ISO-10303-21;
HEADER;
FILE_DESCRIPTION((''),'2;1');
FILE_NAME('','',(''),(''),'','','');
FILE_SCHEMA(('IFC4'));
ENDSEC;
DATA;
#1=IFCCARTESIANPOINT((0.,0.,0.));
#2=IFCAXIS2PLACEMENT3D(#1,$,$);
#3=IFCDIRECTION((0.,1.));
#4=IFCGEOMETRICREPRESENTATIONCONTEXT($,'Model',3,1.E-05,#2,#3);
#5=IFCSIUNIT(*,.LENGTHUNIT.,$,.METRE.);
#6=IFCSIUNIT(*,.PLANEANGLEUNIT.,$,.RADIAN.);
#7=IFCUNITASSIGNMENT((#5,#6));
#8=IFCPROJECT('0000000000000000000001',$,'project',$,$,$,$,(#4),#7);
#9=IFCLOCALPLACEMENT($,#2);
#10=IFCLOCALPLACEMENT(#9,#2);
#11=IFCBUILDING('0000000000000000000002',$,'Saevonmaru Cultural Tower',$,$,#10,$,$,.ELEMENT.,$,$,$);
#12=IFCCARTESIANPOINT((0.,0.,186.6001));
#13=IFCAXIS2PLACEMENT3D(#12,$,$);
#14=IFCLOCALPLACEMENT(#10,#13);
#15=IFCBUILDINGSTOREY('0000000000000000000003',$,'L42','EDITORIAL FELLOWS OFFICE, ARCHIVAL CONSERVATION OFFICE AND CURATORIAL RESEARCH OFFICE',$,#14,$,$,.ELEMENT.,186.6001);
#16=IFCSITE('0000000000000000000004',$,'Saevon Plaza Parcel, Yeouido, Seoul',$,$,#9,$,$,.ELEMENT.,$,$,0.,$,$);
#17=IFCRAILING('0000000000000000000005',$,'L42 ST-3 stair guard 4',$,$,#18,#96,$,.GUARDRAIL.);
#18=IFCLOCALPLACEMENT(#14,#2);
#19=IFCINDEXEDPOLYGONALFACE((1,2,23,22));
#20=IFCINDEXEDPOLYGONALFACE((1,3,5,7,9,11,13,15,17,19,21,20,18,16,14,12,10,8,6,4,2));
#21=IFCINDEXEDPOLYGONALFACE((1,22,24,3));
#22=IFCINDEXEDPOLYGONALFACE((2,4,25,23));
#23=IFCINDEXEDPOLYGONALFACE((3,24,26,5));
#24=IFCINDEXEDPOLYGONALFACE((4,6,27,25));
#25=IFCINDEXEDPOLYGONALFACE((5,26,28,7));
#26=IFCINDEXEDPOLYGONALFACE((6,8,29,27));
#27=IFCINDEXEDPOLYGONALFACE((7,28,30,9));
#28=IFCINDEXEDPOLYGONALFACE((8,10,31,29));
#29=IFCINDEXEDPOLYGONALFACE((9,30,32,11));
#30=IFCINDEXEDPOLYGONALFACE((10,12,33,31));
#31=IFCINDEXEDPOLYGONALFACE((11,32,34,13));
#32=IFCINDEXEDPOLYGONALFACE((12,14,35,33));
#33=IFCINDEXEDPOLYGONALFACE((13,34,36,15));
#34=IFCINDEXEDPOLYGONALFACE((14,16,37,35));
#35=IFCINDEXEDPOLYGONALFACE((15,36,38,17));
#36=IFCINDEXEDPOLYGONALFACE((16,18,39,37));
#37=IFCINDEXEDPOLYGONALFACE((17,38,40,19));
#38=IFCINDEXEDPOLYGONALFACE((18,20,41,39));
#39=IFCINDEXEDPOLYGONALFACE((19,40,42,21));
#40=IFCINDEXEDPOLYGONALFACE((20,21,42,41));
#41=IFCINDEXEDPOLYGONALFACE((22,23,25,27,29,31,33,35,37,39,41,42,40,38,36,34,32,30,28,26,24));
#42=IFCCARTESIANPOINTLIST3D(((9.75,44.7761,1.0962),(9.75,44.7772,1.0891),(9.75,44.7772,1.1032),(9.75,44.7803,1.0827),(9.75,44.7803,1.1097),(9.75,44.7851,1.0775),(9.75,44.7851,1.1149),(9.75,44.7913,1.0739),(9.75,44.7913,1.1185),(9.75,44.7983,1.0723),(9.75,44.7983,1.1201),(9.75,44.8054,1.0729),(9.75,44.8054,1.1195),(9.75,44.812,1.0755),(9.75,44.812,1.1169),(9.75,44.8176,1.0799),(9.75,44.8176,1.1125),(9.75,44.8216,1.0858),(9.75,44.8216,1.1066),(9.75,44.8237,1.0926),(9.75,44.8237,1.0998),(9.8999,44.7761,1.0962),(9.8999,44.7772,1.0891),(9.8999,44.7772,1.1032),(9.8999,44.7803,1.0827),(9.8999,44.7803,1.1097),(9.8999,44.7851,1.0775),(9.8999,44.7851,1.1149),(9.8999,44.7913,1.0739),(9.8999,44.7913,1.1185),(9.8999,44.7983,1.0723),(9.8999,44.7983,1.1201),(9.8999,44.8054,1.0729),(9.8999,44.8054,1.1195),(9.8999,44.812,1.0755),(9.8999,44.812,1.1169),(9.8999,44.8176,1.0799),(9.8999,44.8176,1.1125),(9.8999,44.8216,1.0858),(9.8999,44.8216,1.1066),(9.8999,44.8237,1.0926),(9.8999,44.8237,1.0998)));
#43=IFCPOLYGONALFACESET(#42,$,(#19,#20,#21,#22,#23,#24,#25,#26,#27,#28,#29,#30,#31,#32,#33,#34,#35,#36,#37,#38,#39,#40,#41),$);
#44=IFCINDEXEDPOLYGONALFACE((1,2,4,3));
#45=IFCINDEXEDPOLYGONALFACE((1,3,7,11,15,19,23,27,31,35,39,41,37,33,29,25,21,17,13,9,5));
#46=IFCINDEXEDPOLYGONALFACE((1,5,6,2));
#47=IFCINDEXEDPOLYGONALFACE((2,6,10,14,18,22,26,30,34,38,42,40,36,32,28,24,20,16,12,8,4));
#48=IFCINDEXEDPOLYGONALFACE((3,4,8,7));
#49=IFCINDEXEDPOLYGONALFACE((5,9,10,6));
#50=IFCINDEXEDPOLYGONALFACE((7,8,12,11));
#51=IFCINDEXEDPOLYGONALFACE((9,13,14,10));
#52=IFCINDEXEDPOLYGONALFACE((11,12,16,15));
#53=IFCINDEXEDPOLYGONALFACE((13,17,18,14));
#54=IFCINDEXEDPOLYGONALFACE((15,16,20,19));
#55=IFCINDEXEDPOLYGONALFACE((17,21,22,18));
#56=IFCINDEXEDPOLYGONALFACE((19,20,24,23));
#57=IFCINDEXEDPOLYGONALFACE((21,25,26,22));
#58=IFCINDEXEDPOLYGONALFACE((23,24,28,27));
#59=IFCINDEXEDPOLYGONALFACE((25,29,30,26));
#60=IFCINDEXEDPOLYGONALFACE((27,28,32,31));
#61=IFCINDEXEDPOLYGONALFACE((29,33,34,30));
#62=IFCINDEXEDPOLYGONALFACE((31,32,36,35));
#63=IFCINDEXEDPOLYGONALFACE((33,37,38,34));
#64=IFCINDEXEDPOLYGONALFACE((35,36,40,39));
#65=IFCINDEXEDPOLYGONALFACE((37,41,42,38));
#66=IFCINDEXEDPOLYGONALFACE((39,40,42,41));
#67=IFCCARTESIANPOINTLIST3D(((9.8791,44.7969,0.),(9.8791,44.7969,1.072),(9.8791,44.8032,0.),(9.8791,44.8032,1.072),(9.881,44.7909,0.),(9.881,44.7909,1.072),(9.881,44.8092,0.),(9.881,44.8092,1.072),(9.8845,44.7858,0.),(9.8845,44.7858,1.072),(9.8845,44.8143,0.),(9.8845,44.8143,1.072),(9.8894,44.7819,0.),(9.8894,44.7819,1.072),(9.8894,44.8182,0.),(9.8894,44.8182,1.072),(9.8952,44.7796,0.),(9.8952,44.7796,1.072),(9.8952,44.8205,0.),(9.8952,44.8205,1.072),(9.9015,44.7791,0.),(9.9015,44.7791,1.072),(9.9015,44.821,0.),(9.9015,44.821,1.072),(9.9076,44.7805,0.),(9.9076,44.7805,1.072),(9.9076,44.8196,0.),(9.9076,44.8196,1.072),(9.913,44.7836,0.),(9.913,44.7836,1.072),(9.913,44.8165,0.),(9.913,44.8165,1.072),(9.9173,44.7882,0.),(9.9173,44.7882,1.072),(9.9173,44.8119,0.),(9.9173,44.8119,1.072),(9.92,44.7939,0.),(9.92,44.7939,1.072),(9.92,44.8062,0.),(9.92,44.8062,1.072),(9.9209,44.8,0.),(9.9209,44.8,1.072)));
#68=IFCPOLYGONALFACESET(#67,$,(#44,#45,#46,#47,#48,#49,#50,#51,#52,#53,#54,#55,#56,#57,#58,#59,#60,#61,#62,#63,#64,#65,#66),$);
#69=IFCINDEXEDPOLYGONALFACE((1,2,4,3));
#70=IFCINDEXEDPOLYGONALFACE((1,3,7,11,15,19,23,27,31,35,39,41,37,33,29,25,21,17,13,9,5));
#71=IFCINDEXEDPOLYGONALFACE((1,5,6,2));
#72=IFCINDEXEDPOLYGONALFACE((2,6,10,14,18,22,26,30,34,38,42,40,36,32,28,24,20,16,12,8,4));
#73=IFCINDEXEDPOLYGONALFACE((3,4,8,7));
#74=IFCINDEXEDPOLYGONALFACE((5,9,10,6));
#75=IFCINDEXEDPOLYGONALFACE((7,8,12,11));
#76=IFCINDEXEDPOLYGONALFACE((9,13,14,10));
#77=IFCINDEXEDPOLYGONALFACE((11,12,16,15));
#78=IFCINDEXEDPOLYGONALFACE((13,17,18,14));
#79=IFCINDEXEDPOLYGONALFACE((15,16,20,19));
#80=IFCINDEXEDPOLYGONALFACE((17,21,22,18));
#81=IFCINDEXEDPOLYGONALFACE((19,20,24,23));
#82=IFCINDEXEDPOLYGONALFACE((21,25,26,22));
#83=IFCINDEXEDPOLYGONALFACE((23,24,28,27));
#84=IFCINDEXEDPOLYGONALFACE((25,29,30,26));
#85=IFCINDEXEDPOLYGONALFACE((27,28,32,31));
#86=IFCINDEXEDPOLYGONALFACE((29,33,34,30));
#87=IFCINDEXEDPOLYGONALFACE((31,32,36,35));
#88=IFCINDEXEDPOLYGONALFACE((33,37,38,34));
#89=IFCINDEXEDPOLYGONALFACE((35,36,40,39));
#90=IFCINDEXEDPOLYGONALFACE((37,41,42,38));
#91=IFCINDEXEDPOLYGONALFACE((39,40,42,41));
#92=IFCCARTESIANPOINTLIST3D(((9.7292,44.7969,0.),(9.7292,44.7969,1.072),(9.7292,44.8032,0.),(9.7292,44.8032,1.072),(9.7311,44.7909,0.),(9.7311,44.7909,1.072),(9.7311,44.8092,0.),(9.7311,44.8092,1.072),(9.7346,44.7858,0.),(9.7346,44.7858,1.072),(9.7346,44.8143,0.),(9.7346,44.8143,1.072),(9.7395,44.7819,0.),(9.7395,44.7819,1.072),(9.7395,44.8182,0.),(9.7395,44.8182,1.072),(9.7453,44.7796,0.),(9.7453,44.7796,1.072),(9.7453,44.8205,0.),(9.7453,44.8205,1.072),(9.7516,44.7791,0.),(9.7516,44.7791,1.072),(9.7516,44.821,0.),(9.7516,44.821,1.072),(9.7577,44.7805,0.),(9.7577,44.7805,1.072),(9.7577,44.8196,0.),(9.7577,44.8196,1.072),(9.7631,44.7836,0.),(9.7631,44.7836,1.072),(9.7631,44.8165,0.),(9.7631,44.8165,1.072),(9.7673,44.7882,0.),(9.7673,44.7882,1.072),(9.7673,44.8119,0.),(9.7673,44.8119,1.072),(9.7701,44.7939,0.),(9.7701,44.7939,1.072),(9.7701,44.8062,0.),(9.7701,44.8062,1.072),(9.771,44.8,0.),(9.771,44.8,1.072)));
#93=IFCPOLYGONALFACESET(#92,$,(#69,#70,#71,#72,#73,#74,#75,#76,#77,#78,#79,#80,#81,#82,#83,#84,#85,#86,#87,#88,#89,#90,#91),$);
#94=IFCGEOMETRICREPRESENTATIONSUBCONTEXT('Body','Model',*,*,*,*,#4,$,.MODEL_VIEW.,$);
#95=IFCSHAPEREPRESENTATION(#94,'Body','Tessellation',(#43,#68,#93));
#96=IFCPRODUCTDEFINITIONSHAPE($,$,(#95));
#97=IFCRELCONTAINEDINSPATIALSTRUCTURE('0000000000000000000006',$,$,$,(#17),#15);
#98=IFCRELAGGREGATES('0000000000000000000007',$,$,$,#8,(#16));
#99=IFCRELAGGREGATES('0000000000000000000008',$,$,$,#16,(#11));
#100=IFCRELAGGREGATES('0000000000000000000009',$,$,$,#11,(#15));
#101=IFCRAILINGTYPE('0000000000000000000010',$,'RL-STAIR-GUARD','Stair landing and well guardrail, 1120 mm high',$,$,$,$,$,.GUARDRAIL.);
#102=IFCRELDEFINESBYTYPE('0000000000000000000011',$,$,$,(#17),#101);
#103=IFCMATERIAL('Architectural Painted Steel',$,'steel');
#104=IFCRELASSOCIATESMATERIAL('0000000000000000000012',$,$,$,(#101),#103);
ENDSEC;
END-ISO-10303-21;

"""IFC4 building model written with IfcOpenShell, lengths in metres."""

from ifc_helpers import new_model, si_unit, direction, frame, origin, origin_2d, place, context, subcontext, project, spatial, circle, extrude, material, type_object, element, save


model = new_model("IFC4")

# Units and contexts
model_context = context("Model", 3, precision=1e-05, world=origin(), true_north=direction((0.0, 1.0)))
body_context = subcontext(model_context, "Body", "Model", "MODEL_VIEW")
ifc_project = project(units=[si_unit("LENGTHUNIT", "METRE"), si_unit("PLANEANGLEUNIT", "RADIAN")], contexts=[model_context])

# Site, building, storey
site_placement = place(None, origin())
site = spatial("IfcSite", under=ifc_project, at=site_placement, Name="Saevon Plaza Parcel, Yeouido, Seoul", CompositionType="ELEMENT", RefElevation=0.0)
building_placement = place(site_placement, origin())
building = spatial("IfcBuilding", under=site, at=building_placement, Name="Saevonmaru Cultural Tower", CompositionType="ELEMENT")
storey_placement = place(building_placement, frame((0.0, 0.0, 186.6001)))
storey = spatial("IfcBuildingStorey", under=building, at=storey_placement, Name="L42", Description="EDITORIAL FELLOWS OFFICE, ARCHIVAL CONSERVATION OFFICE AND CURATORIAL RESEARCH OFFICE", CompositionType="ELEMENT", Elevation=186.6001)

# Railing
ifc_material_1 = material(Name="Architectural Painted Steel", Category="steel")
railing_type_1 = type_object("IfcRailingType", Name="RL-STAIR-GUARD", Description="Stair landing and well guardrail, 1120 mm high", PredefinedType="GUARDRAIL", material=ifc_material_1)
railing_1_placement = place(storey_placement, frame((9.8999, 44.8, 0.0)))
element("IfcRailing", 1, at=railing_1_placement, inside=storey, type_object=railing_type_1, Name="L42 ST-3 stair guard 4", PredefinedType="GUARDRAIL", context=body_context, shape_type="SweptSolid", body=[
    extrude(circle(Radius=0.0239, at=origin_2d()), frame((0.0, 0.0, 1.0962), z_axis=(-1.0, 0.0, 0.0), x_axis=(0.0, -1.0, 0.0)), (0.0, 0.0, 1.0), 0.1499),
    extrude(circle(Radius=0.021, at=origin_2d()), origin(), (0.0, 0.0, 1.0), 1.072),
    extrude(circle(Radius=0.021, at=origin_2d()), frame((-0.1499, 0.0, 0.0)), (0.0, 0.0, 1.0), 1.072),
])

save(model, "model.ifc")
